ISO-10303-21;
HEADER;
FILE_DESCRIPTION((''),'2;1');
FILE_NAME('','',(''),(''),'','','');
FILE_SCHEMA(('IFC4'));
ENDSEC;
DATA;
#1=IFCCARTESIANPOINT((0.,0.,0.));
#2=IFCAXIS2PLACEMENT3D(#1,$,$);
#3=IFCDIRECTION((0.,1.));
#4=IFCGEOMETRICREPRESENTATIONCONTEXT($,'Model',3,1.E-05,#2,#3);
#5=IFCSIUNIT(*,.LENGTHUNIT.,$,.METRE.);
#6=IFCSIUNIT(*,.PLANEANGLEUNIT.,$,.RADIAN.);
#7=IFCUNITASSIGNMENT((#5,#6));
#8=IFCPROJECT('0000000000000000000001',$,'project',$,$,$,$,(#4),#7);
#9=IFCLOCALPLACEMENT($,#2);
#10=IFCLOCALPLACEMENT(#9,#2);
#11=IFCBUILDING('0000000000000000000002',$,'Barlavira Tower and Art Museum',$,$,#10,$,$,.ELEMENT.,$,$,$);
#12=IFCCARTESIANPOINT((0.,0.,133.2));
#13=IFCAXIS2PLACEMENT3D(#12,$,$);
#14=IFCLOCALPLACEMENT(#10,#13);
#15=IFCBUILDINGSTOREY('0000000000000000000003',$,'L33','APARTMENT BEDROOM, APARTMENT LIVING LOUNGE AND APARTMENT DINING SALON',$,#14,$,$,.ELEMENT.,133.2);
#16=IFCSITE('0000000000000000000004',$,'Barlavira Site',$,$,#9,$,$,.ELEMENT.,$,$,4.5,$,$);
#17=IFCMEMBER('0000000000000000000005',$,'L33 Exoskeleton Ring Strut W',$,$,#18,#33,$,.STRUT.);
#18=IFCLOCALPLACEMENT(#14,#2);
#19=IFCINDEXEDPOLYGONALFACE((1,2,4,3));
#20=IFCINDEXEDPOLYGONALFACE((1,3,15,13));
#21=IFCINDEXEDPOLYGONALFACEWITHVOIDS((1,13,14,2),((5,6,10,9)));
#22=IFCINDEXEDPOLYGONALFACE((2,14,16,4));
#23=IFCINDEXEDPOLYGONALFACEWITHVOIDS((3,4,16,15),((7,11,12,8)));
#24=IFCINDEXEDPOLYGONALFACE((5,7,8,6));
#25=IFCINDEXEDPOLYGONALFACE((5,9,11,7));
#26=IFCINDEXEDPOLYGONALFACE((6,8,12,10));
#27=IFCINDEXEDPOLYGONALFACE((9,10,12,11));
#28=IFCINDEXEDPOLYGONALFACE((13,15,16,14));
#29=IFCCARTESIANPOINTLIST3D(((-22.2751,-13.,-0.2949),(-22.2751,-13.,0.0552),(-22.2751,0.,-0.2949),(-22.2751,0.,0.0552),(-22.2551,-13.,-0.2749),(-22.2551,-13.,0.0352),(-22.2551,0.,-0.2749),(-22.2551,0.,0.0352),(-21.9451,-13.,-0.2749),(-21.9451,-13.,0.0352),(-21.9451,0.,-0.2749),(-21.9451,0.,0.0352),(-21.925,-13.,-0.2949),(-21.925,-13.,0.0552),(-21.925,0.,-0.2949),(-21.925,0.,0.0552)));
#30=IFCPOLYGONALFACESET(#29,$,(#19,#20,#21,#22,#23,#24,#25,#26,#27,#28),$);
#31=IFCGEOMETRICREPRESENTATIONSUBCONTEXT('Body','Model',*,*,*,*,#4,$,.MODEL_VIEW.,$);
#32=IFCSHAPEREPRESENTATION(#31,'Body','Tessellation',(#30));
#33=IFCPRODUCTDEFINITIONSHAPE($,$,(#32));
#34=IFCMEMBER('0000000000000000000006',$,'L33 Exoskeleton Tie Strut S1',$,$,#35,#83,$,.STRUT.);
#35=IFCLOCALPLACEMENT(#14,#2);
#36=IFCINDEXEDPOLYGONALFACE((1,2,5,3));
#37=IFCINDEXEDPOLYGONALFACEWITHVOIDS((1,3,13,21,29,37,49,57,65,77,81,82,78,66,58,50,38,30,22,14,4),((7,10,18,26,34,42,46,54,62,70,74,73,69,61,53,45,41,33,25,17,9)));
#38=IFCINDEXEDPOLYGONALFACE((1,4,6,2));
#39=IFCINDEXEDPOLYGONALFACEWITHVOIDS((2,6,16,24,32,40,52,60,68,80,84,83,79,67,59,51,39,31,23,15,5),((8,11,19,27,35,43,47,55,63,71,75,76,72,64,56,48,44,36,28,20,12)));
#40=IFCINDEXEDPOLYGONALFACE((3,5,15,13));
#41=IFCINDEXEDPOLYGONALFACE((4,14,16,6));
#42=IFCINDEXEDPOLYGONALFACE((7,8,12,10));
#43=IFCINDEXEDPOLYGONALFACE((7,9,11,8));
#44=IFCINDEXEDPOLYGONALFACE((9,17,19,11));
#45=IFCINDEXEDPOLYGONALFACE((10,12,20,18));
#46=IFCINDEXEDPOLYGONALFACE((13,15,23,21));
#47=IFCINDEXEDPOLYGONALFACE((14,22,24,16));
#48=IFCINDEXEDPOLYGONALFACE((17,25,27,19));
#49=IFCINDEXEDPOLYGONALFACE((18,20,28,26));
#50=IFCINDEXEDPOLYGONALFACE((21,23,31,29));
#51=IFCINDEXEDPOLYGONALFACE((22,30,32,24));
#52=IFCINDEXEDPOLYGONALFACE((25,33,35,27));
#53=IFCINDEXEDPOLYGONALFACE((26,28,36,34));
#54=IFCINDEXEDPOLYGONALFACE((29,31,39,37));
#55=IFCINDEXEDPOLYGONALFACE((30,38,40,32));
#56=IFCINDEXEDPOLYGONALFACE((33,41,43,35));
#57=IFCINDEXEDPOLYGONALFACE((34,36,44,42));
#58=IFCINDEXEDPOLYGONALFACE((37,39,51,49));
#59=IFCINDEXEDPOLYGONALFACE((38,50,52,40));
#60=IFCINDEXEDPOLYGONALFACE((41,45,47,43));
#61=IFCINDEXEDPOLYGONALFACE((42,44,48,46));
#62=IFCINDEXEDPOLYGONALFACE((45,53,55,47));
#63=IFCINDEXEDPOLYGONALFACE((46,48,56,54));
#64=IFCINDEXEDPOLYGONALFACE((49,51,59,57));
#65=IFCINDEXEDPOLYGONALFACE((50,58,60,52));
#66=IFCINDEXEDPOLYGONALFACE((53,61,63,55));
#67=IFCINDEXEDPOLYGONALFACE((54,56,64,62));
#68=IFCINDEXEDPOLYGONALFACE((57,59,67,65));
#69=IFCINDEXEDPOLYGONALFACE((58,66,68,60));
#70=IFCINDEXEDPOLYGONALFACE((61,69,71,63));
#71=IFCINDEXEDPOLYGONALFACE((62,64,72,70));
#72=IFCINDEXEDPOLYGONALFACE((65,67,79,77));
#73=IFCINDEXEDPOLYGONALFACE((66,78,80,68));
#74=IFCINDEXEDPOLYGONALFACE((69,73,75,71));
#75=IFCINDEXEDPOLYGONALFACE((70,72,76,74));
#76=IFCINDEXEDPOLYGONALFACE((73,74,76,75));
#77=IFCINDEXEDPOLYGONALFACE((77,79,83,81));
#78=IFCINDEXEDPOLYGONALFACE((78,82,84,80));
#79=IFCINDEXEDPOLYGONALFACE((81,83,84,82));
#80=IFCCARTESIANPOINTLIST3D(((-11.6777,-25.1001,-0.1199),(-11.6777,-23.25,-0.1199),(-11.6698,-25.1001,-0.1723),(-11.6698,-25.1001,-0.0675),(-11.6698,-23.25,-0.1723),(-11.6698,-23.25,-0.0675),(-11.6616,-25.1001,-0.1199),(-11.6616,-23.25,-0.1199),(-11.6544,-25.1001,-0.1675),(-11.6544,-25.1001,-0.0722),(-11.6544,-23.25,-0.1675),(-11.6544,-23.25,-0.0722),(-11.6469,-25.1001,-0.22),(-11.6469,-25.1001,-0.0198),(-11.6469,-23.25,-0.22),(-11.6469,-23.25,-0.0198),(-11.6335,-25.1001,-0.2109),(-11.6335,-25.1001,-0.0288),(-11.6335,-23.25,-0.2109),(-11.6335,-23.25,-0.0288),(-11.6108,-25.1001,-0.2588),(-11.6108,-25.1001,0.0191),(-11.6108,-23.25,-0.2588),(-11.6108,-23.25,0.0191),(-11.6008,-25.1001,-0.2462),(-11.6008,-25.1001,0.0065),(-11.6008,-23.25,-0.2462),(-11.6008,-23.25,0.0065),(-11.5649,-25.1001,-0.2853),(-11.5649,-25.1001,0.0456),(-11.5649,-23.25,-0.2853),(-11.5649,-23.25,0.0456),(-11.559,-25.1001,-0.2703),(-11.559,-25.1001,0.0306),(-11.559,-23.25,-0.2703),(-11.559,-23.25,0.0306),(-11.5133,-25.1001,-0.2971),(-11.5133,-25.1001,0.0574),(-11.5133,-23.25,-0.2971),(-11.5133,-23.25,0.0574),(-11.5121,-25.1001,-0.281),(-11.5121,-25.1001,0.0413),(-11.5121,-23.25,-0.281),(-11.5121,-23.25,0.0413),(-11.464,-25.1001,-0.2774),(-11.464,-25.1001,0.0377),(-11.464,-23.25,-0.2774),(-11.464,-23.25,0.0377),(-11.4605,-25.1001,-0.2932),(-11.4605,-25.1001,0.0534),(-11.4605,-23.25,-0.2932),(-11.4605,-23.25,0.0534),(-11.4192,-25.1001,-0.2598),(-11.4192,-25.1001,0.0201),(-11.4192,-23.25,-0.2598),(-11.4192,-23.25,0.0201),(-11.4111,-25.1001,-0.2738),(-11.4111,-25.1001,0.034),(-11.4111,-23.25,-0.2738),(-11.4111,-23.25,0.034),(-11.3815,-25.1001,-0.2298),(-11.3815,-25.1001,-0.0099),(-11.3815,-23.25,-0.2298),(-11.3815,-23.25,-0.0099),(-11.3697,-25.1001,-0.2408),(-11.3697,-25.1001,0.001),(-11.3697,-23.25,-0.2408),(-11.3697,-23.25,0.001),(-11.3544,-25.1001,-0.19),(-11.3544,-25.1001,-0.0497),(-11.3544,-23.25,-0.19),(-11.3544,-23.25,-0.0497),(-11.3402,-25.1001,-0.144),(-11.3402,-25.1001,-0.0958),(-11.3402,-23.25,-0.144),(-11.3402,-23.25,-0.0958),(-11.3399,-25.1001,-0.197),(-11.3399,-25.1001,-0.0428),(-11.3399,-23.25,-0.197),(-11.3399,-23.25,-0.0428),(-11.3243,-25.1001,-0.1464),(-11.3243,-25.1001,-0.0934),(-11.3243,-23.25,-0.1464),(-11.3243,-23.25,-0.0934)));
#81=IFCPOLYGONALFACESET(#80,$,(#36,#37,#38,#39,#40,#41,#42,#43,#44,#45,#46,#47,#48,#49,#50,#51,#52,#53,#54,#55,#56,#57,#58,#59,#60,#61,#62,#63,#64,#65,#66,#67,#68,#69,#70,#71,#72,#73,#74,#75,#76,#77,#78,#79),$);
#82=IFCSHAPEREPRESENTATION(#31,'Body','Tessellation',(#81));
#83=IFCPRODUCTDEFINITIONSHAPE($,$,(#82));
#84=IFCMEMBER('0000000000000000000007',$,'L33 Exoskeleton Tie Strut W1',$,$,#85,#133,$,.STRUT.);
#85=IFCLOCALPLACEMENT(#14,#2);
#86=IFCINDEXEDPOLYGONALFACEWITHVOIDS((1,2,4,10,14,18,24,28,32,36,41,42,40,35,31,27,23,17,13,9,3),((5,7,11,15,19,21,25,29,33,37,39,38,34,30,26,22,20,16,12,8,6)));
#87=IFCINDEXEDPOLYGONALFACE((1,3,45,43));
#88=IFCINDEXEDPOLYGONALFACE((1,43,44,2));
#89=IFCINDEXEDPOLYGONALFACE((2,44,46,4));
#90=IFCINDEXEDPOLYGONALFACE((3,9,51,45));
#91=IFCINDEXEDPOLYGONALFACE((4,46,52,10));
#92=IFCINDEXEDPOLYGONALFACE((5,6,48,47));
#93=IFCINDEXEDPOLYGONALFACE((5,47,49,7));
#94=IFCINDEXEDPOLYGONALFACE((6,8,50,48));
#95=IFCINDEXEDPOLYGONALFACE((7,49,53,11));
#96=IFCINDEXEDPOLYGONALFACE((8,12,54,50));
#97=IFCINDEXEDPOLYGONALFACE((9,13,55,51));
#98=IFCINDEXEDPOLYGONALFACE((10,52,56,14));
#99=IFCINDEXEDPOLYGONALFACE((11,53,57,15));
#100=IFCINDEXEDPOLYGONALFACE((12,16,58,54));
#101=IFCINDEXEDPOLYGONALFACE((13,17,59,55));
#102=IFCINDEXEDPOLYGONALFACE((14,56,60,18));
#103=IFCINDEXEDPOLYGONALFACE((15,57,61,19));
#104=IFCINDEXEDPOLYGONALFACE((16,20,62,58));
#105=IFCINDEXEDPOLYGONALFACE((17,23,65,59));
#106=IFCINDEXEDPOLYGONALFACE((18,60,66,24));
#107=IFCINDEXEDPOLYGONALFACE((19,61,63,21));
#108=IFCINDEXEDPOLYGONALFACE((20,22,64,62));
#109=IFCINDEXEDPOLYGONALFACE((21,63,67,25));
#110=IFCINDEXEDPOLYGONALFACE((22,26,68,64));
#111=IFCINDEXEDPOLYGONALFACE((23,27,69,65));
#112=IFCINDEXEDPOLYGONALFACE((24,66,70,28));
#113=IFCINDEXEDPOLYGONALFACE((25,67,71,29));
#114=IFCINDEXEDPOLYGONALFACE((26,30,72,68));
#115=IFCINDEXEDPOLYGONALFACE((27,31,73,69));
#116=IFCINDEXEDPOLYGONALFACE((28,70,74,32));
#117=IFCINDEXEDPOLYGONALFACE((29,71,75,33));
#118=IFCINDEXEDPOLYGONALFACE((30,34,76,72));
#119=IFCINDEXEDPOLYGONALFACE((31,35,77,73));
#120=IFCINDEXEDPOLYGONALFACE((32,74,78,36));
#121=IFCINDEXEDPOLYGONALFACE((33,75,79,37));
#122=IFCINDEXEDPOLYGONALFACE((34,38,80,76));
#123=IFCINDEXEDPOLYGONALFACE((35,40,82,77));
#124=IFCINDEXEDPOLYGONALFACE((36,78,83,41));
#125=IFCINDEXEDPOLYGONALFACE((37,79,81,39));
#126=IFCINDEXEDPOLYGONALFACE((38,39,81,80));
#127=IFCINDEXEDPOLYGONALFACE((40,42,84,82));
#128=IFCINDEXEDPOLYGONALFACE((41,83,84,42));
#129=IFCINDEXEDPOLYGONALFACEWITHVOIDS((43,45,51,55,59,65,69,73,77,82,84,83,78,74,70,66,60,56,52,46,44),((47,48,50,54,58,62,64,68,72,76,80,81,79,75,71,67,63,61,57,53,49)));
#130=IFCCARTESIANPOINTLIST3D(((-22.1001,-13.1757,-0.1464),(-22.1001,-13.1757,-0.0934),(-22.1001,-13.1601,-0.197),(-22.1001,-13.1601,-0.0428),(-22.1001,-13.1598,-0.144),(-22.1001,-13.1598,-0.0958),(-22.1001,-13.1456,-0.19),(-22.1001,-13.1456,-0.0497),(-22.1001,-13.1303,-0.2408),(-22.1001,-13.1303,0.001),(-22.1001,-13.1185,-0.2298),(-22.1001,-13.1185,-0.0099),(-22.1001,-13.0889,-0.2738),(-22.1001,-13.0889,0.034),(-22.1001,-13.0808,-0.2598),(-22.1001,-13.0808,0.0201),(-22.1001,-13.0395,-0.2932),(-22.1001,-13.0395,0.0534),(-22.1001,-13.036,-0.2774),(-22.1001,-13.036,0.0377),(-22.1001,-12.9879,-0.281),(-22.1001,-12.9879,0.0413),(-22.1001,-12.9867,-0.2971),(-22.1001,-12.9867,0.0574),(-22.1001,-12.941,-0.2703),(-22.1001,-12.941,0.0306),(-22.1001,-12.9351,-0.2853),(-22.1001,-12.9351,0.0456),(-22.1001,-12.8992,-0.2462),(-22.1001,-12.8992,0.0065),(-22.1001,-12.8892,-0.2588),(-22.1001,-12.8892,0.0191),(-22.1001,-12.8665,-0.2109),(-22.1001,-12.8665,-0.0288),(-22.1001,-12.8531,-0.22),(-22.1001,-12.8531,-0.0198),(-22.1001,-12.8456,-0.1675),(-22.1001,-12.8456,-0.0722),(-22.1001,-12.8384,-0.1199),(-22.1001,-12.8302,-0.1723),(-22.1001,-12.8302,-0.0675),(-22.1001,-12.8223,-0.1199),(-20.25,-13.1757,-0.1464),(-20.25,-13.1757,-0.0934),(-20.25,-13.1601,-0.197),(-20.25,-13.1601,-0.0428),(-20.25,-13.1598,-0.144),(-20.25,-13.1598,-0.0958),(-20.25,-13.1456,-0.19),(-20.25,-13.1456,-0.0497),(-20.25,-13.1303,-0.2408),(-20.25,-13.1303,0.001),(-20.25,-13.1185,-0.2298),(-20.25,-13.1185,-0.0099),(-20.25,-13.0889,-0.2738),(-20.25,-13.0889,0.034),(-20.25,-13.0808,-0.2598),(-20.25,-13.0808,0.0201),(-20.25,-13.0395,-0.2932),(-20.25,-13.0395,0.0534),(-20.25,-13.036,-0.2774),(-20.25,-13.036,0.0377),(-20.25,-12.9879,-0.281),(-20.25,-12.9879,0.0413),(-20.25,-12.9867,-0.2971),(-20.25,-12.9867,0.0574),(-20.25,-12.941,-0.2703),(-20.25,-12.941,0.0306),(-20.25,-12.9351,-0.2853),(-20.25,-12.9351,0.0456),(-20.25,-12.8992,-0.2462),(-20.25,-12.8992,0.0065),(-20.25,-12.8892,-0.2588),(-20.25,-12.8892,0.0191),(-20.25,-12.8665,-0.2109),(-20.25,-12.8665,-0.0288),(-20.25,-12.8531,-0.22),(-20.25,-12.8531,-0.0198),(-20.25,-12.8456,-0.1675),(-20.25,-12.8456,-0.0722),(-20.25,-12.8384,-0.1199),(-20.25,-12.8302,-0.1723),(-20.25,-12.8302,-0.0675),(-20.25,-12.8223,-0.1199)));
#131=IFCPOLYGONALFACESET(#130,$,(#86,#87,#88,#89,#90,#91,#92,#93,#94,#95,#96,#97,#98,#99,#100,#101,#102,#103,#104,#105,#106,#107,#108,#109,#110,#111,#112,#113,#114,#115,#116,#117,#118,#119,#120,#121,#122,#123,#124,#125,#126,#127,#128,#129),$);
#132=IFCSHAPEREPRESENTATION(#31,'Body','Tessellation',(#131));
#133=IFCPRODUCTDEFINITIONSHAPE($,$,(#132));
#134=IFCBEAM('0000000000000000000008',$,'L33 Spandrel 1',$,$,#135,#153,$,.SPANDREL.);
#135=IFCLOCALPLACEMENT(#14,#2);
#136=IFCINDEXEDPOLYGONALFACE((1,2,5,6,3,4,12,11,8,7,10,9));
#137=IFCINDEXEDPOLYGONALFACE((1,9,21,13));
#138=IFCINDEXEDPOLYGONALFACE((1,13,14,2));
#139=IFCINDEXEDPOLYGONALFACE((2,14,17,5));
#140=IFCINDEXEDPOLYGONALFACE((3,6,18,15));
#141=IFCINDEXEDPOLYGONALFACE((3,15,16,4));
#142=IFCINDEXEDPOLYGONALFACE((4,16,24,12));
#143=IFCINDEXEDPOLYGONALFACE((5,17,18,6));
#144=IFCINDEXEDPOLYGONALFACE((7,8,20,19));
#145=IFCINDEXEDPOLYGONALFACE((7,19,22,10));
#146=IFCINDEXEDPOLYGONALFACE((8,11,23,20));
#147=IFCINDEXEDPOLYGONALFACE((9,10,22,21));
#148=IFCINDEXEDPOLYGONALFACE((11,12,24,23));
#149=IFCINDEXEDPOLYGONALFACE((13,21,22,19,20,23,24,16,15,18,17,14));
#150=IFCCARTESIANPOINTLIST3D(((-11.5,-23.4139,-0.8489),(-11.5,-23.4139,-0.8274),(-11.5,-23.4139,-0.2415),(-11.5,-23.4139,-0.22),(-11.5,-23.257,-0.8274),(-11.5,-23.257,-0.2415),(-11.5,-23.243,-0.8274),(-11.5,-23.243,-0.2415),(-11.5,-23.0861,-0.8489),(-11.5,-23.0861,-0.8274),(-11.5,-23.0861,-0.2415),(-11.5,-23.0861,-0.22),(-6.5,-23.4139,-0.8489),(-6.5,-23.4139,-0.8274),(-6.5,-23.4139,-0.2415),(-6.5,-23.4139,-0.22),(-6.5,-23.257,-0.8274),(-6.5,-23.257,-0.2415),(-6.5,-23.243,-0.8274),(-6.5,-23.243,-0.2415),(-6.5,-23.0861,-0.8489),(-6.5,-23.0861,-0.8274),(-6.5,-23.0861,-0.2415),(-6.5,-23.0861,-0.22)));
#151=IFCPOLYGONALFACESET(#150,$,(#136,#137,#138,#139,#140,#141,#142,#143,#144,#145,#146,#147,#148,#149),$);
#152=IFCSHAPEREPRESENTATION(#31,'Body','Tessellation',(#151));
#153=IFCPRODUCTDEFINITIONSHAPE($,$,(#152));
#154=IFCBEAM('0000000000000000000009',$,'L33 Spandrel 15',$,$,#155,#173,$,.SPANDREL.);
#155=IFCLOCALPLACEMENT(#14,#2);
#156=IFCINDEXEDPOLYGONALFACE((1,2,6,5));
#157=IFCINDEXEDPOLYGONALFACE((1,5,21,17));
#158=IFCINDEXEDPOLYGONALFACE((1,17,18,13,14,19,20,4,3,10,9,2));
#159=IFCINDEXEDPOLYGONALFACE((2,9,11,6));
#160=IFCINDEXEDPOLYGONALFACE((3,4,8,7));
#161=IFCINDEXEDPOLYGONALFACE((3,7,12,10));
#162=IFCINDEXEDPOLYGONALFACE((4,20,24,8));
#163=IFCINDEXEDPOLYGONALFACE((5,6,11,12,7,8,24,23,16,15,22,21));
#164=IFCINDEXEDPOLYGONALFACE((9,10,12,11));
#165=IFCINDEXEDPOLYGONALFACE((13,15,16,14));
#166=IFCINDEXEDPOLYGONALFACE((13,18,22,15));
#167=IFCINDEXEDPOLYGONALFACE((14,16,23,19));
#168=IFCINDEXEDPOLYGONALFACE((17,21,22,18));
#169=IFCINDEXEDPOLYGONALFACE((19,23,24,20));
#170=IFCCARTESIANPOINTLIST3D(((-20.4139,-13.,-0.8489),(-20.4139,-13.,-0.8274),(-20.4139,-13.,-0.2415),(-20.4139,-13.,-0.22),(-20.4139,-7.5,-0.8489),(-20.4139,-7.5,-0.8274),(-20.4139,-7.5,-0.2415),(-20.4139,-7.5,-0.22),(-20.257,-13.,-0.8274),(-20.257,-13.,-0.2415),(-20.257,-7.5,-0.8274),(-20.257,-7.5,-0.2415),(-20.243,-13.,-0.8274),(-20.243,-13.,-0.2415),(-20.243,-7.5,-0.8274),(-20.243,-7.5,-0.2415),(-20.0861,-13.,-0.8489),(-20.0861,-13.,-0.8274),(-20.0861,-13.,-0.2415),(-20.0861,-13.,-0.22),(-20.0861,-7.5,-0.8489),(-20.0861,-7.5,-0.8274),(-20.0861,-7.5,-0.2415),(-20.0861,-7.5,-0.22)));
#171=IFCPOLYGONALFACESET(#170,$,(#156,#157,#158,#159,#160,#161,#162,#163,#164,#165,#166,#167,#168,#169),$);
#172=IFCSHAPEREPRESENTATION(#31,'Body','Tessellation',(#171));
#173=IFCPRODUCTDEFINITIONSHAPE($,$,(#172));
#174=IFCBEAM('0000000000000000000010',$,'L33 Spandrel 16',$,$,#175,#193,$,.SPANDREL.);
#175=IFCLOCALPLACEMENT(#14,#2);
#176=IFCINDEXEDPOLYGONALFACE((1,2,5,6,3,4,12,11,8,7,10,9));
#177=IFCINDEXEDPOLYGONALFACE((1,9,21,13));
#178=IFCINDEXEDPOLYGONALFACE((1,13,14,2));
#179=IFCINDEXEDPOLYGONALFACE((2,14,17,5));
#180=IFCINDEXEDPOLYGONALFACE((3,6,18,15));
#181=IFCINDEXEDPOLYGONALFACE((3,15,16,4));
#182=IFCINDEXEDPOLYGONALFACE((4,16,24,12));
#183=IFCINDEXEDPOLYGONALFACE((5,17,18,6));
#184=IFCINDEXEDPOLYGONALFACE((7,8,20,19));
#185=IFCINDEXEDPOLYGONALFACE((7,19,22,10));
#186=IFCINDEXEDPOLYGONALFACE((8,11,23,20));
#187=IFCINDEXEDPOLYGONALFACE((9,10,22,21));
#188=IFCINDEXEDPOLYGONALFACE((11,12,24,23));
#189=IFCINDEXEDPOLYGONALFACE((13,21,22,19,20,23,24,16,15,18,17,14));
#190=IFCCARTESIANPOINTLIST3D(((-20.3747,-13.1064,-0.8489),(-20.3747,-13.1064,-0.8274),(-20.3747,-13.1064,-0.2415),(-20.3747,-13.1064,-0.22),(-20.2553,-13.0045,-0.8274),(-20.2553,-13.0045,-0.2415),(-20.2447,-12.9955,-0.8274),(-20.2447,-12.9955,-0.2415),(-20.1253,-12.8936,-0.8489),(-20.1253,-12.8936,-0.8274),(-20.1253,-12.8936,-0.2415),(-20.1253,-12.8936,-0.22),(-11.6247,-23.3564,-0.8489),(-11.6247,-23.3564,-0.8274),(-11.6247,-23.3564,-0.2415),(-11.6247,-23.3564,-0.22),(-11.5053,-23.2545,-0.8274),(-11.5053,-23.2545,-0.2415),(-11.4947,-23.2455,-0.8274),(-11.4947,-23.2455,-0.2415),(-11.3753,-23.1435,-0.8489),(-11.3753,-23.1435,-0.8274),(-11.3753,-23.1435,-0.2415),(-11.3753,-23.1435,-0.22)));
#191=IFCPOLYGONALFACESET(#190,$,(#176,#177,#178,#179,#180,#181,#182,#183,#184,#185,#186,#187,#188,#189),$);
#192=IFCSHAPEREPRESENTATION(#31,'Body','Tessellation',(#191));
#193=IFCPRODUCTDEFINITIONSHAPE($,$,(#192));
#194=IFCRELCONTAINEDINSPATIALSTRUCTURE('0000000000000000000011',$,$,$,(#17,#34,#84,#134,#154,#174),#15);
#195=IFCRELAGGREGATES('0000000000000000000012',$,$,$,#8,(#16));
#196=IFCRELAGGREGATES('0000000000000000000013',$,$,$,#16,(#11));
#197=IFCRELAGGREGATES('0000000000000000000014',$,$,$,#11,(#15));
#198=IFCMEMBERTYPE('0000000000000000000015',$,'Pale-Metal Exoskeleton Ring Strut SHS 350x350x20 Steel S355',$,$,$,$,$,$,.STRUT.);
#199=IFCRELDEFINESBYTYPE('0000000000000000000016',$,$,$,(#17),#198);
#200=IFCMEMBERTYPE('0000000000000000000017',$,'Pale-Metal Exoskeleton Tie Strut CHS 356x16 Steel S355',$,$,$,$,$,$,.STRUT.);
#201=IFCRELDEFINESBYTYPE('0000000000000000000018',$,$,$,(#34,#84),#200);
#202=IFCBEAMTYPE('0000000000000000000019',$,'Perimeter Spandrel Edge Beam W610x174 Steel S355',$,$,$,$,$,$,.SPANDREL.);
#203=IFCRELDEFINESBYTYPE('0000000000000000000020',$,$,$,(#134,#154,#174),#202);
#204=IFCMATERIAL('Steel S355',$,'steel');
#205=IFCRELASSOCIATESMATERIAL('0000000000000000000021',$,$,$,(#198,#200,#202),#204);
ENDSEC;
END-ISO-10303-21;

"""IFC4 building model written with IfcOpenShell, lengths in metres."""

from ifc_helpers import new_model, si_unit, direction, frame, origin, origin_2d, place, context, subcontext, project, spatial, hollow_rectangle, hollow_circle, i_section, extrude, material, material_profile, profile_set, type_object, element, save


model = new_model("IFC4")

# Units and contexts
model_context = context("Model", 3, precision=1e-05, world=origin(), true_north=direction((0.0, 1.0)))
body_context = subcontext(model_context, "Body", "Model", "MODEL_VIEW")
ifc_project = project(units=[si_unit("LENGTHUNIT", "METRE"), si_unit("PLANEANGLEUNIT", "RADIAN")], contexts=[model_context])

# Site, building, storey
site_placement = place(None, origin())
site = spatial("IfcSite", under=ifc_project, at=site_placement, Name="Barlavira Site", CompositionType="ELEMENT", RefElevation=4.5)
building_placement = place(site_placement, origin())
building = spatial("IfcBuilding", under=site, at=building_placement, Name="Barlavira Tower and Art Museum", CompositionType="ELEMENT")
storey_placement = place(building_placement, frame((0.0, 0.0, 133.2)))
storey = spatial("IfcBuildingStorey", under=building, at=storey_placement, Name="L33", Description="APARTMENT BEDROOM, APARTMENT LIVING LOUNGE AND APARTMENT DINING SALON", CompositionType="ELEMENT", Elevation=133.2)

# Members
ifc_material_1 = material(Name="Steel S355", Category="steel")
ifc_material_profile_1 = material_profile(ifc_material_1, hollow_rectangle(XDim=0.3501, YDim=0.3501, WallThickness=0.02, at=origin_2d()), Name="SHS 350x350x20.0")
ifc_profile_set_1 = profile_set([ifc_material_profile_1], Name="Steel S355")
member_type_1 = type_object("IfcMemberType", Name="Pale-Metal Exoskeleton Ring Strut SHS 350x350x20 Steel S355", PredefinedType="STRUT", material=ifc_profile_set_1)
member_1_placement = place(storey_placement, frame((-22.1001, -13.0, -0.1199), z_axis=(0.0, 1.0, 0.0), x_axis=(-1.0, 0.0, 0.0)))
element("IfcMember", 1, at=member_1_placement, inside=storey, type_object=member_type_1, Name="L33 Exoskeleton Ring Strut W", PredefinedType="STRUT", context=body_context, shape_type="SweptSolid", body=[
    extrude(hollow_rectangle(XDim=0.3501, YDim=0.3501, WallThickness=0.02, at=origin_2d()), origin(), (0.0, 0.0, 1.0), 13.0),
])
ifc_material_profile_2 = material_profile(ifc_material_1, hollow_circle(Radius=0.1777, WallThickness=0.0161, at=origin_2d()), Name="CHS 355.6x16.0")
ifc_profile_set_2 = profile_set([ifc_material_profile_2], Name="Steel S355")
member_type_2 = type_object("IfcMemberType", Name="Pale-Metal Exoskeleton Tie Strut CHS 356x16 Steel S355", PredefinedType="STRUT", material=ifc_profile_set_2)
for number, where, z_axis, x_axis, name in (
    (2, (-11.5, -25.1001, -0.1199), (0.0, 1.0, 0.0), (-1.0, 0.0, 0.0), "L33 Exoskeleton Tie Strut S1"),
    (3, (-22.1001, -13.0, -0.1199), (1.0, 0.0, 0.0), (0.0, 1.0, 0.0), "L33 Exoskeleton Tie Strut W1"),
):
    element("IfcMember", number, at=place(storey_placement, frame(where, z_axis=z_axis, x_axis=x_axis)), inside=storey, type_object=member_type_2, Name=name, PredefinedType="STRUT", context=body_context, shape_type="SweptSolid", body=[
        extrude(hollow_circle(Radius=0.1777, WallThickness=0.0161, at=origin_2d()), origin(), (0.0, 0.0, 1.0), 1.8501),
    ])

# Beams
ifc_material_profile_3 = material_profile(ifc_material_1, i_section(OverallWidth=0.3279, OverallDepth=0.6289, WebThickness=0.0139, FlangeThickness=0.0215, at=origin_2d()), Name="W610x174.0")
ifc_profile_set_3 = profile_set([ifc_material_profile_3], Name="Steel S355")
beam_type_1 = type_object("IfcBeamType", Name="Perimeter Spandrel Edge Beam W610x174 Steel S355", PredefinedType="SPANDREL", material=ifc_profile_set_3)
beam_1_placement = place(storey_placement, frame((-11.5, -23.25, -0.5344), z_axis=(1.0, 0.0, 0.0), x_axis=(0.0, 1.0, 0.0)))
element("IfcBeam", 4, at=beam_1_placement, inside=storey, type_object=beam_type_1, Name="L33 Spandrel 1", PredefinedType="SPANDREL", context=body_context, shape_type="SweptSolid", body=[
    extrude(i_section(OverallWidth=0.3279, OverallDepth=0.6289, WebThickness=0.0139, FlangeThickness=0.0215, at=origin_2d()), origin(), (0.0, 0.0, 1.0), 5.0),
])
beam_2_placement = place(storey_placement, frame((-20.25, -13.0, -0.5344), z_axis=(0.0, 1.0, 0.0), x_axis=(-1.0, 0.0, 0.0)))
element("IfcBeam", 5, at=beam_2_placement, inside=storey, type_object=beam_type_1, Name="L33 Spandrel 15", PredefinedType="SPANDREL", context=body_context, shape_type="SweptSolid", body=[
    extrude(i_section(OverallWidth=0.3279, OverallDepth=0.6289, WebThickness=0.0139, FlangeThickness=0.0215, at=origin_2d()), origin(), (0.0, 0.0, 1.0), 5.5),
])
beam_3_placement = place(storey_placement, frame((-20.25, -13.0, -0.5344), z_axis=(0.649262, -0.760565, 0.0), x_axis=(0.760565, 0.649262, 0.0)))
element("IfcBeam", 6, at=beam_3_placement, inside=storey, type_object=beam_type_1, Name="L33 Spandrel 16", PredefinedType="SPANDREL", context=body_context, shape_type="SweptSolid", body=[
    extrude(i_section(OverallWidth=0.3279, OverallDepth=0.6289, WebThickness=0.0139, FlangeThickness=0.0215, at=origin_2d()), origin(), (0.0, 0.0, 1.0), 13.4768),
])

save(model, "model.ifc")
